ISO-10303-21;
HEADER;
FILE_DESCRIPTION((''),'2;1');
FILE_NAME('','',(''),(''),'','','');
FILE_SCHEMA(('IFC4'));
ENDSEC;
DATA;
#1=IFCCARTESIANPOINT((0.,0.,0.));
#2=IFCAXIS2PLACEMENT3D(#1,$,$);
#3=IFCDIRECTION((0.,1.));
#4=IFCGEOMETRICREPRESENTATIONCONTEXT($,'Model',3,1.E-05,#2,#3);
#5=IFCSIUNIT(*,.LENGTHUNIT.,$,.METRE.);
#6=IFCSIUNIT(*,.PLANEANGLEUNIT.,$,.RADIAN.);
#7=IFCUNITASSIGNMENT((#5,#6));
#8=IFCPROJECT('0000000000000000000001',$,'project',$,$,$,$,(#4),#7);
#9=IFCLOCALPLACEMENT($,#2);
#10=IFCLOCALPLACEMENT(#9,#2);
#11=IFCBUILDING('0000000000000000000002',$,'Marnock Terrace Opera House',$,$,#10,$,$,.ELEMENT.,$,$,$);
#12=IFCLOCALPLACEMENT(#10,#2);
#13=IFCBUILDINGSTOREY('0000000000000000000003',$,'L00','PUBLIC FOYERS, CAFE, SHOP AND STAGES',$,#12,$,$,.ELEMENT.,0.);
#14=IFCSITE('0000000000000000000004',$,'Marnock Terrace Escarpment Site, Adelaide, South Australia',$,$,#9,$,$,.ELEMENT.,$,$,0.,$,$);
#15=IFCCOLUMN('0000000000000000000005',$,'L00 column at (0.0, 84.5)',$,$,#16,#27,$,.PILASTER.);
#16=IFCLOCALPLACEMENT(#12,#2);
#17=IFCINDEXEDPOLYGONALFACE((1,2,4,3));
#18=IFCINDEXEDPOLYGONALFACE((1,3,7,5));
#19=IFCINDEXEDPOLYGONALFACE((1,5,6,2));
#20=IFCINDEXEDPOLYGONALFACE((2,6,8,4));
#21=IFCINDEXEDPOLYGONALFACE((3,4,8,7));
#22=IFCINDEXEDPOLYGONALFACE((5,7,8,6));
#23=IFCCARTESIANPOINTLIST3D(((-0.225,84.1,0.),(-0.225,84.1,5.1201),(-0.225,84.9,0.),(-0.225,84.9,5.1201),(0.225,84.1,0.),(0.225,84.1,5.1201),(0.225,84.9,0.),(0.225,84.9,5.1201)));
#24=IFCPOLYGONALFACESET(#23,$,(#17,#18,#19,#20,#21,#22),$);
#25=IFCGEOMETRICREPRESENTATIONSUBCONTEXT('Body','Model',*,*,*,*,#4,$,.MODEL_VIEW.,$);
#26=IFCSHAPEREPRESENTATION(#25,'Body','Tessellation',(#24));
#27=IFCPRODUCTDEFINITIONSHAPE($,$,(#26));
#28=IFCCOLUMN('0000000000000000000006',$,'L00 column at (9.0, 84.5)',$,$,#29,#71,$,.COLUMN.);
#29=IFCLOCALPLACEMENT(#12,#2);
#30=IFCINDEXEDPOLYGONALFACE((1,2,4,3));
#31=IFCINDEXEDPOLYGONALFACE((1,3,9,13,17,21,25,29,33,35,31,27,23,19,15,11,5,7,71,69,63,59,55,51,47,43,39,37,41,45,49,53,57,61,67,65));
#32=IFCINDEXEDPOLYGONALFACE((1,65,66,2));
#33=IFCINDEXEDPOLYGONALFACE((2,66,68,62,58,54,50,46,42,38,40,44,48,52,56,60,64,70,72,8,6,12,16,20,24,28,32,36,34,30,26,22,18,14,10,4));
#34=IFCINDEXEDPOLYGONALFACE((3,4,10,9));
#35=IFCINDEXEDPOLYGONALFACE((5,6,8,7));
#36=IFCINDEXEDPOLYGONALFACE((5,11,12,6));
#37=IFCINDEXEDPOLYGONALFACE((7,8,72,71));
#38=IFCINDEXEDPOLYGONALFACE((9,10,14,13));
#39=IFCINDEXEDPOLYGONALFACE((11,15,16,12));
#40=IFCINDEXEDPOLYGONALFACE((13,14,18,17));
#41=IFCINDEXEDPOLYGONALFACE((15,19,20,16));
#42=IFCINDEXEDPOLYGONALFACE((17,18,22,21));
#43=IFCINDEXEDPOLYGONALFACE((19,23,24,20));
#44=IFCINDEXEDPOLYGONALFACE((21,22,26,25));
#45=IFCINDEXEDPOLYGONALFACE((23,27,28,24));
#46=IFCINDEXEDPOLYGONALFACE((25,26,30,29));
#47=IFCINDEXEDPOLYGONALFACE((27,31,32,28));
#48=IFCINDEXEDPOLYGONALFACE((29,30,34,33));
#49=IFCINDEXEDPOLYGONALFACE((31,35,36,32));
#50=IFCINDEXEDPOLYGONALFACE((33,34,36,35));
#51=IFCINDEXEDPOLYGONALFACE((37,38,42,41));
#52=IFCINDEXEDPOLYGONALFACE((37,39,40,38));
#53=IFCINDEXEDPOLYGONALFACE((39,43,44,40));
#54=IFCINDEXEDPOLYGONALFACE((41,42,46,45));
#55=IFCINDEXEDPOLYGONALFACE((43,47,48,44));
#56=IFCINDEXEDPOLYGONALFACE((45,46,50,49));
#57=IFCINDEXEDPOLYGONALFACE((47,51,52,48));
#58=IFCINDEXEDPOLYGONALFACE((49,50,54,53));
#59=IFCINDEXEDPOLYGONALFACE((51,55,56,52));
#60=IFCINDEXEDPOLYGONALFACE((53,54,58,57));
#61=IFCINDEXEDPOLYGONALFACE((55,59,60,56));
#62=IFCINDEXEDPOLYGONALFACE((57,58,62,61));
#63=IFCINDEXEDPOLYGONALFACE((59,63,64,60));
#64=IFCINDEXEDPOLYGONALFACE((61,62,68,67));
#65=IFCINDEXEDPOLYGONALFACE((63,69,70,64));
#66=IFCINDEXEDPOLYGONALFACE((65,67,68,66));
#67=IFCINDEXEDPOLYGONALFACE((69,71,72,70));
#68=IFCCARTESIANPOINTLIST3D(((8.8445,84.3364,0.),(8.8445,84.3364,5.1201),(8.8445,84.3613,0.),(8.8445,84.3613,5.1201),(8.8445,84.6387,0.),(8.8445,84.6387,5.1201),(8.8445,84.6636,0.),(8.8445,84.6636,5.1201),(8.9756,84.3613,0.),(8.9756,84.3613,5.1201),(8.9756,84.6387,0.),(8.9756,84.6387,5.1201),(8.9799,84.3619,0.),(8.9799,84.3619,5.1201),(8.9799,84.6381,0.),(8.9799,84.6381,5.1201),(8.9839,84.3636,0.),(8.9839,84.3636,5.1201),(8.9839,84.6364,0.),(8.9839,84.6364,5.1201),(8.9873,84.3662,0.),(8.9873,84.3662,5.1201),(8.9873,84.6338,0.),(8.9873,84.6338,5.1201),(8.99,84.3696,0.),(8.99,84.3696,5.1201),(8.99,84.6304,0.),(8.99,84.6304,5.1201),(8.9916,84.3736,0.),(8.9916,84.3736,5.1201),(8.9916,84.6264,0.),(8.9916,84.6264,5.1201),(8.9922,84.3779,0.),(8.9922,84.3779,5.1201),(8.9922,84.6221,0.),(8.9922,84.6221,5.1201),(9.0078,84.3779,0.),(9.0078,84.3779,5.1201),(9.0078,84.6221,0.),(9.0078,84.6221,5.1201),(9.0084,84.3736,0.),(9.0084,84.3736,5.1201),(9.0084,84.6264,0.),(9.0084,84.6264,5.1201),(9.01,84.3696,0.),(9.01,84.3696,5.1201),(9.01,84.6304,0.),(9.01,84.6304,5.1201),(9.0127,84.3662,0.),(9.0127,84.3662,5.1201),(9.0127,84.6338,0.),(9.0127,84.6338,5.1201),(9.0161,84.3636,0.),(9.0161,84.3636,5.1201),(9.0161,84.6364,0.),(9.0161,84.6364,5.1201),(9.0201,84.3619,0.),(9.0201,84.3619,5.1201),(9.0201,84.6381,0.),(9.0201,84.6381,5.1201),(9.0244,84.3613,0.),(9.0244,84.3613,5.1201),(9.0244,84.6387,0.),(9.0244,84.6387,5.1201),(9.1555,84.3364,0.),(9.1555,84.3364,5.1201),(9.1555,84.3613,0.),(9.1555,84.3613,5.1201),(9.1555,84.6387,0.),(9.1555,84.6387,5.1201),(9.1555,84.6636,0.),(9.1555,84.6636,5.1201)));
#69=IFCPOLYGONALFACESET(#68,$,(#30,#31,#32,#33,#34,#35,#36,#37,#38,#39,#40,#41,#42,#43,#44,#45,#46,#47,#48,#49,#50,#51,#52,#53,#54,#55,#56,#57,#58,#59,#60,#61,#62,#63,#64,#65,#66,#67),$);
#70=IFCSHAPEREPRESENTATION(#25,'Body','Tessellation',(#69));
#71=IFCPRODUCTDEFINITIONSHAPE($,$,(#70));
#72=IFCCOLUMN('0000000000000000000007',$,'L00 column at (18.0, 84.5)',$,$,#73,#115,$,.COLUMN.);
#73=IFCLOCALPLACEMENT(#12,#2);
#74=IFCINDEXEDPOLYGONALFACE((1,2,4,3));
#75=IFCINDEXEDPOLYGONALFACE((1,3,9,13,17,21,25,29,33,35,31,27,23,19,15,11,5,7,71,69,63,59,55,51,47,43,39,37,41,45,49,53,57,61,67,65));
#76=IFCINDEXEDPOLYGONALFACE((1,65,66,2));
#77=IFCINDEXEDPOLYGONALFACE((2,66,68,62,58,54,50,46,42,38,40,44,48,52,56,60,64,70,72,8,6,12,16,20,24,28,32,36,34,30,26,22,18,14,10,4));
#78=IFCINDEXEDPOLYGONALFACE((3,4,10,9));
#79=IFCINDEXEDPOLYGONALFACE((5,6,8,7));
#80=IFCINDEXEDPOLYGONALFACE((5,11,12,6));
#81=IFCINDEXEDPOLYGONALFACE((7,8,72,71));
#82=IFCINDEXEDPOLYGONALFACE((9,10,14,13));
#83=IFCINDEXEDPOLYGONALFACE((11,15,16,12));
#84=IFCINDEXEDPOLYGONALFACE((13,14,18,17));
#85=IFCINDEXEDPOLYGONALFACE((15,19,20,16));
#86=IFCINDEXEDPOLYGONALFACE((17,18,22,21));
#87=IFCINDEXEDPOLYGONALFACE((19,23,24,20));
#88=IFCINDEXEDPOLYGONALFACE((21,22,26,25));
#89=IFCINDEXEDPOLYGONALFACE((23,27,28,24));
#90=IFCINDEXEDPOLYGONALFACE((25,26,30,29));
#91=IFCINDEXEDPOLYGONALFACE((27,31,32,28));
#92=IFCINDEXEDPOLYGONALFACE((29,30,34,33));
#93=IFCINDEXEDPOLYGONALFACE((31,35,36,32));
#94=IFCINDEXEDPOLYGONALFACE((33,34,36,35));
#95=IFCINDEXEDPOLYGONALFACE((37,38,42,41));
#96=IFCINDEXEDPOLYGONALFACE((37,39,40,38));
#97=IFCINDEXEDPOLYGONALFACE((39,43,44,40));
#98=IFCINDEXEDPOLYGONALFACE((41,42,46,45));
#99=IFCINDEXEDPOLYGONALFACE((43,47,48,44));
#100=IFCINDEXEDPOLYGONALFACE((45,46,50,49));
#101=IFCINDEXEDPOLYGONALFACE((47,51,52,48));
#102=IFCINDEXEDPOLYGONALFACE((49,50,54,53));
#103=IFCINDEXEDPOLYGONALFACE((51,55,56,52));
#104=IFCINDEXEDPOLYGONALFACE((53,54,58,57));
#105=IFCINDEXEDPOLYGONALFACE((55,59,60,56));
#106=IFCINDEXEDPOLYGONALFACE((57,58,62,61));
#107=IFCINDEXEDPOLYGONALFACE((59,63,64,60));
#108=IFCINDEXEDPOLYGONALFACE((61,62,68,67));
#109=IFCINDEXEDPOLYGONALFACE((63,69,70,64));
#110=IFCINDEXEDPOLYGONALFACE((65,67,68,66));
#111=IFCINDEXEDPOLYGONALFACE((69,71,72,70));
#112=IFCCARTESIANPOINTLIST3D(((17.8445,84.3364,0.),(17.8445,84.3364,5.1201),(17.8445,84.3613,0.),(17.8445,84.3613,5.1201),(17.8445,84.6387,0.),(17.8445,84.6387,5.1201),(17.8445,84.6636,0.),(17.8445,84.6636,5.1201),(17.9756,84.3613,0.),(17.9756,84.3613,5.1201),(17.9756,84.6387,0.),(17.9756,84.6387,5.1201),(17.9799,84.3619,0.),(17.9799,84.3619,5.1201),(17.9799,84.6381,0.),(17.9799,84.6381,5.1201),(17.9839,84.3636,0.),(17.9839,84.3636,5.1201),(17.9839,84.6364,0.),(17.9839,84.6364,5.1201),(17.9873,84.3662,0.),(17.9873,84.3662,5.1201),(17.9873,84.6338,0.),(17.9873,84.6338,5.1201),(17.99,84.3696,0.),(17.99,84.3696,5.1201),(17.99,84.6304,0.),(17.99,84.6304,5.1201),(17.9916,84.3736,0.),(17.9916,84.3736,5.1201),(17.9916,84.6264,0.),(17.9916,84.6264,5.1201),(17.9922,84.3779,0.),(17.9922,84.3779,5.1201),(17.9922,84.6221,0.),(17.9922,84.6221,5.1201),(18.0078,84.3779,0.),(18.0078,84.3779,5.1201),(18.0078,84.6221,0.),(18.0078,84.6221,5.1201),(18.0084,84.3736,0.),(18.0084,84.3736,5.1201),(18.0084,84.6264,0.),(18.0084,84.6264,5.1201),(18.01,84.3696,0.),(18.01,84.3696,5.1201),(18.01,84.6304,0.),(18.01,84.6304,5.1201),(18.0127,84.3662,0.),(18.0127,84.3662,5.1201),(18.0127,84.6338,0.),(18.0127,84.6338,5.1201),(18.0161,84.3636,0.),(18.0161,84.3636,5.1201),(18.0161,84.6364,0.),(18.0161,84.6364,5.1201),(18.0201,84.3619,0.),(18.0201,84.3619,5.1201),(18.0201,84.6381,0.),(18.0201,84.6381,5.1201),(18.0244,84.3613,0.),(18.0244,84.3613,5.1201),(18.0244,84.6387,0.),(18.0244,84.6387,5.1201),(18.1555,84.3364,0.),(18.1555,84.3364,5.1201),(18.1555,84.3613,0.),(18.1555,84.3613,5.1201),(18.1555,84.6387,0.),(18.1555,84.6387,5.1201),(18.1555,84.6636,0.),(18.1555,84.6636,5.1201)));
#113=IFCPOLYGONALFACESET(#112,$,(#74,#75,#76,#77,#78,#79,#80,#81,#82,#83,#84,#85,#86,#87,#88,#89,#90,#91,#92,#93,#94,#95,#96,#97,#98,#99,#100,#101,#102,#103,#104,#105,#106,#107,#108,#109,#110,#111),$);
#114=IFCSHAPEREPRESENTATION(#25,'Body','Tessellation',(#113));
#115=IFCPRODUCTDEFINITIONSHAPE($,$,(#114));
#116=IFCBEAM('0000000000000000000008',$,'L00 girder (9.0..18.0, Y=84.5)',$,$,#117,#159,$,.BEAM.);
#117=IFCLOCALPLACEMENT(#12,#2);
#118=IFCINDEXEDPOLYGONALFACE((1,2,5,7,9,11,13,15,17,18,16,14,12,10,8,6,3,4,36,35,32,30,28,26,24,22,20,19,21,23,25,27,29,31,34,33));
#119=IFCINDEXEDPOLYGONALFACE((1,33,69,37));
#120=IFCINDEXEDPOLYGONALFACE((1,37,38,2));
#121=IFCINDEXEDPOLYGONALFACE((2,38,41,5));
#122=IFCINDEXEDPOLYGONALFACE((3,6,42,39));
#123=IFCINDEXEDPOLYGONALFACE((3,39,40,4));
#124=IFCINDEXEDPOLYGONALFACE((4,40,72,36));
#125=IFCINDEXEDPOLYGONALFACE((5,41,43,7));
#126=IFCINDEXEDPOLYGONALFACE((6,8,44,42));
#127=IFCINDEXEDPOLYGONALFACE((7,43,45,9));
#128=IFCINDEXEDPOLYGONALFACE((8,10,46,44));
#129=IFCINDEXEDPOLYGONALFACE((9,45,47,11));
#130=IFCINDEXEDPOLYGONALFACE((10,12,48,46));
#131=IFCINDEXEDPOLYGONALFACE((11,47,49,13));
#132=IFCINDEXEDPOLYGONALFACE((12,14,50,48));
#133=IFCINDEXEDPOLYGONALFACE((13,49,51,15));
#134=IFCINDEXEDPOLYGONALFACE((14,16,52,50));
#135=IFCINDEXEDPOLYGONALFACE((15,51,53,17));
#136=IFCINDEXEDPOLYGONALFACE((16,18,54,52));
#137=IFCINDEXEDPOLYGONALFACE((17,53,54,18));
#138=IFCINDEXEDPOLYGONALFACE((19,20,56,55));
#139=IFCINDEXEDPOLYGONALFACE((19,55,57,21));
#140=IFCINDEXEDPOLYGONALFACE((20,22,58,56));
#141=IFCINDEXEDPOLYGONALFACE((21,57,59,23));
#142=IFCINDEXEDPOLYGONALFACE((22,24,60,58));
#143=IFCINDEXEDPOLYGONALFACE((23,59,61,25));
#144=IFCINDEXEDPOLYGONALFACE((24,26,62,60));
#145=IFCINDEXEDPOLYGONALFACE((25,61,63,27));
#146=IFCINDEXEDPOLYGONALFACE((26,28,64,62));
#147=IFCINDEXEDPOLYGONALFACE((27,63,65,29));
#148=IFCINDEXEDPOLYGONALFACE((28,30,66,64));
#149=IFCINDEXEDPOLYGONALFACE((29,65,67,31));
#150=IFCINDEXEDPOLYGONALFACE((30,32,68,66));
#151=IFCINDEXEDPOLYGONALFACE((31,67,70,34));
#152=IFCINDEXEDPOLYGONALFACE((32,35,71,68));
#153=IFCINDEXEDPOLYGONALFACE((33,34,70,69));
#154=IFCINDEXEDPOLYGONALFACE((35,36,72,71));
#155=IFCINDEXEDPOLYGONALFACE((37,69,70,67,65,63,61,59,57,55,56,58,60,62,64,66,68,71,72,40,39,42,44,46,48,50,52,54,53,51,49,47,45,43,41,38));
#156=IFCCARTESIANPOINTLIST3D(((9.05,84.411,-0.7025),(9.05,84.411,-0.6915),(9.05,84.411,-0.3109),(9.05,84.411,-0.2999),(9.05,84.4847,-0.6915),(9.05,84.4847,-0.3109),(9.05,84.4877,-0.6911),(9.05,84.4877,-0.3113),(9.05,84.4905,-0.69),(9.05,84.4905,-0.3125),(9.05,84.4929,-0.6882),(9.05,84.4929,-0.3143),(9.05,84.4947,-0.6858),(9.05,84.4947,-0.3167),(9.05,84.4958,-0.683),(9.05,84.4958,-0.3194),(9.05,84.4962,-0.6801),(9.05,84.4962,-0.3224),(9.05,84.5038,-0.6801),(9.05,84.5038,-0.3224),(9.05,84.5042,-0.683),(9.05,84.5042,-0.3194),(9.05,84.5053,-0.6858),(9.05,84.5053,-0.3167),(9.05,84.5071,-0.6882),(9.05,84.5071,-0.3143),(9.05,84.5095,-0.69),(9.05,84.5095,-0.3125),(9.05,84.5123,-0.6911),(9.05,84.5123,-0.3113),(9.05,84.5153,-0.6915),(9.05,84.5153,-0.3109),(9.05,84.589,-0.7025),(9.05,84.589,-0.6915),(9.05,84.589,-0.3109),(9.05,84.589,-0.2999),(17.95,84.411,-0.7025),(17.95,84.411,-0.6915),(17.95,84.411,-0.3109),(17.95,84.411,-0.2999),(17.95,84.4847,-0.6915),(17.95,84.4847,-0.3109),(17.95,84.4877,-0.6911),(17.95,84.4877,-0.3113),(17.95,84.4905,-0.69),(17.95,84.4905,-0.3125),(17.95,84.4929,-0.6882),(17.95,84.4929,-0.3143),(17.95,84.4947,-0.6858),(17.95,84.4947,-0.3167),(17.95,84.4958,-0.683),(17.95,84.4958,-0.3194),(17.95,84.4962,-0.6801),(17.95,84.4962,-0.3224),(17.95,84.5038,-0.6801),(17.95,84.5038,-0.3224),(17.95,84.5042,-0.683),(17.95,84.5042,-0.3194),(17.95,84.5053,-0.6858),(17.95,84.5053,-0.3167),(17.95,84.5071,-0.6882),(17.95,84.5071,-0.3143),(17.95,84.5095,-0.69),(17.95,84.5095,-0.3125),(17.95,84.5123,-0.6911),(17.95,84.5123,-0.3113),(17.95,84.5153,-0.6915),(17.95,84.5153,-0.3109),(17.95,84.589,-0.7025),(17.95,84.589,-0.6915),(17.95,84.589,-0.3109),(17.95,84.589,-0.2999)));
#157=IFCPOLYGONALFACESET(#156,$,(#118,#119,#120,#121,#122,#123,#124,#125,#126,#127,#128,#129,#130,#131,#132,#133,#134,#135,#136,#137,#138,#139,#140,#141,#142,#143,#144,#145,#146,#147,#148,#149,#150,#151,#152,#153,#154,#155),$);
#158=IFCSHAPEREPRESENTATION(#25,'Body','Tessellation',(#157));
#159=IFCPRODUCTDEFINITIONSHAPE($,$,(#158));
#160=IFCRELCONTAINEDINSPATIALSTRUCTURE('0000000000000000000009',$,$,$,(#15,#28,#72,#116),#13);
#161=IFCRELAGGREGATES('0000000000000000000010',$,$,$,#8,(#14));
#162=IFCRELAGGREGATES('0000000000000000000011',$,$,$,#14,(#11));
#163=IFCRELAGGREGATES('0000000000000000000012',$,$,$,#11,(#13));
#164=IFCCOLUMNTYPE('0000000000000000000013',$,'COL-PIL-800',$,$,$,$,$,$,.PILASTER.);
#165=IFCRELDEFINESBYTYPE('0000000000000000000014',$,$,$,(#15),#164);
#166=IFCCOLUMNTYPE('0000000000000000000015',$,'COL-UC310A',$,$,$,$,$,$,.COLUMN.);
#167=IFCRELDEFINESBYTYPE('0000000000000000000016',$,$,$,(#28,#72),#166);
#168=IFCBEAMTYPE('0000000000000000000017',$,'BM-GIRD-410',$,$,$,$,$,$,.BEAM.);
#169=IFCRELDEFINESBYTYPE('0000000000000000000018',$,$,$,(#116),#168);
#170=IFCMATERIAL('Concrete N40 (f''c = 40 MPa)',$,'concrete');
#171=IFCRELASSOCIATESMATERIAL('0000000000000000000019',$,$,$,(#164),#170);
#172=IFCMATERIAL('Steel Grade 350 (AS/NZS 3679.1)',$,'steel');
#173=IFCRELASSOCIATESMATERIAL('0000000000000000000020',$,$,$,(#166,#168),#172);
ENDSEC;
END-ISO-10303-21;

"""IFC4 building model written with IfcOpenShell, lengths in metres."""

from ifc_helpers import new_model, si_unit, direction, frame, origin, origin_2d, place, context, subcontext, project, spatial, rectangle, i_section, extrude, material, material_profile, profile_set, type_object, element, save


model = new_model("IFC4")

# Units and contexts
model_context = context("Model", 3, precision=1e-05, world=origin(), true_north=direction((0.0, 1.0)))
body_context = subcontext(model_context, "Body", "Model", "MODEL_VIEW")
ifc_project = project(units=[si_unit("LENGTHUNIT", "METRE"), si_unit("PLANEANGLEUNIT", "RADIAN")], contexts=[model_context])

# Site, building, storey
site_placement = place(None, origin())
site = spatial("IfcSite", under=ifc_project, at=site_placement, Name="Marnock Terrace Escarpment Site, Adelaide, South Australia", CompositionType="ELEMENT", RefElevation=0.0)
building_placement = place(site_placement, origin())
building = spatial("IfcBuilding", under=site, at=building_placement, Name="Marnock Terrace Opera House", CompositionType="ELEMENT")
storey_placement = place(building_placement, origin())
storey = spatial("IfcBuildingStorey", under=building, at=storey_placement, Name="L00", Description="PUBLIC FOYERS, CAFE, SHOP AND STAGES", CompositionType="ELEMENT", Elevation=0.0)

# Columns
ifc_material_1 = material(Name="Concrete N40 (f'c = 40 MPa)", Category="concrete")
ifc_material_profile_1 = material_profile(ifc_material_1, rectangle(XDim=0.45, YDim=0.8, at=origin_2d()))
ifc_profile_set_1 = profile_set([ifc_material_profile_1], Name="Concrete N40 (f'c = 40 MPa)")
column_type_1 = type_object("IfcColumnType", Name="COL-PIL-800", PredefinedType="PILASTER", material=ifc_profile_set_1)
column_placement = place(storey_placement, frame((0.0, 84.5, 0.0), z_axis=(0.0, 0.0, 1.0), x_axis=(1.0, 0.0, 0.0)))
element("IfcColumn", 1, at=column_placement, inside=storey, type_object=column_type_1, Name="L00 column at (0.0, 84.5)", PredefinedType="PILASTER", context=body_context, shape_type="SweptSolid", body=[
    extrude(rectangle(XDim=0.45, YDim=0.8, at=origin_2d()), origin(), (0.0, 0.0, 1.0), 5.1201),
])
ifc_material_2 = material(Name="Steel Grade 350 (AS/NZS 3679.1)", Category="steel")
ifc_material_profile_2 = material_profile(ifc_material_2, i_section(OverallWidth=0.311, OverallDepth=0.3271, WebThickness=0.0156, FlangeThickness=0.0249, FilletRadius=0.0166, at=origin_2d()))
ifc_profile_set_2 = profile_set([ifc_material_profile_2], Name="Steel Grade 350 (AS/NZS 3679.1)")
column_type_2 = type_object("IfcColumnType", Name="COL-UC310A", PredefinedType="COLUMN", material=ifc_profile_set_2)
for number, where, z_axis, x_axis, name in (
    (2, (9.0, 84.5, 0.0), (0.0, 0.0, 1.0), (1.0, 0.0, 0.0), "L00 column at (9.0, 84.5)"),
    (3, (18.0, 84.5, 0.0), (0.0, 0.0, 1.0), (1.0, 0.0, 0.0), "L00 column at (18.0, 84.5)"),
):
    element("IfcColumn", number, at=place(storey_placement, frame(where, z_axis=z_axis, x_axis=x_axis)), inside=storey, type_object=column_type_2, Name=name, PredefinedType="COLUMN", context=body_context, shape_type="SweptSolid", body=[
        extrude(i_section(OverallWidth=0.311, OverallDepth=0.3271, WebThickness=0.0156, FlangeThickness=0.0249, FilletRadius=0.0166, at=origin_2d()), origin(), (0.0, 0.0, 1.0), 5.1201),
    ])

# Beam
ifc_material_profile_3 = material_profile(ifc_material_2, i_section(OverallWidth=0.178, OverallDepth=0.4026, WebThickness=0.0076, FlangeThickness=0.011, FilletRadius=0.0115, at=origin_2d()))
ifc_profile_set_3 = profile_set([ifc_material_profile_3], Name="Steel Grade 350 (AS/NZS 3679.1)")
beam_type_1 = type_object("IfcBeamType", Name="BM-GIRD-410", PredefinedType="BEAM", material=ifc_profile_set_3)
beam_1_placement = place(storey_placement, frame((9.05, 84.5, -0.5012), z_axis=(1.0, 0.0, 0.0), x_axis=(0.0, 1.0, 0.0)))
element("IfcBeam", 4, at=beam_1_placement, inside=storey, type_object=beam_type_1, Name="L00 girder (9.0..18.0, Y=84.5)", PredefinedType="BEAM", context=body_context, shape_type="SweptSolid", body=[
    extrude(i_section(OverallWidth=0.178, OverallDepth=0.4026, WebThickness=0.0076, FlangeThickness=0.011, FilletRadius=0.0115, at=origin_2d()), origin(), (0.0, 0.0, 1.0), 8.8999),
])

save(model, "model.ifc")
